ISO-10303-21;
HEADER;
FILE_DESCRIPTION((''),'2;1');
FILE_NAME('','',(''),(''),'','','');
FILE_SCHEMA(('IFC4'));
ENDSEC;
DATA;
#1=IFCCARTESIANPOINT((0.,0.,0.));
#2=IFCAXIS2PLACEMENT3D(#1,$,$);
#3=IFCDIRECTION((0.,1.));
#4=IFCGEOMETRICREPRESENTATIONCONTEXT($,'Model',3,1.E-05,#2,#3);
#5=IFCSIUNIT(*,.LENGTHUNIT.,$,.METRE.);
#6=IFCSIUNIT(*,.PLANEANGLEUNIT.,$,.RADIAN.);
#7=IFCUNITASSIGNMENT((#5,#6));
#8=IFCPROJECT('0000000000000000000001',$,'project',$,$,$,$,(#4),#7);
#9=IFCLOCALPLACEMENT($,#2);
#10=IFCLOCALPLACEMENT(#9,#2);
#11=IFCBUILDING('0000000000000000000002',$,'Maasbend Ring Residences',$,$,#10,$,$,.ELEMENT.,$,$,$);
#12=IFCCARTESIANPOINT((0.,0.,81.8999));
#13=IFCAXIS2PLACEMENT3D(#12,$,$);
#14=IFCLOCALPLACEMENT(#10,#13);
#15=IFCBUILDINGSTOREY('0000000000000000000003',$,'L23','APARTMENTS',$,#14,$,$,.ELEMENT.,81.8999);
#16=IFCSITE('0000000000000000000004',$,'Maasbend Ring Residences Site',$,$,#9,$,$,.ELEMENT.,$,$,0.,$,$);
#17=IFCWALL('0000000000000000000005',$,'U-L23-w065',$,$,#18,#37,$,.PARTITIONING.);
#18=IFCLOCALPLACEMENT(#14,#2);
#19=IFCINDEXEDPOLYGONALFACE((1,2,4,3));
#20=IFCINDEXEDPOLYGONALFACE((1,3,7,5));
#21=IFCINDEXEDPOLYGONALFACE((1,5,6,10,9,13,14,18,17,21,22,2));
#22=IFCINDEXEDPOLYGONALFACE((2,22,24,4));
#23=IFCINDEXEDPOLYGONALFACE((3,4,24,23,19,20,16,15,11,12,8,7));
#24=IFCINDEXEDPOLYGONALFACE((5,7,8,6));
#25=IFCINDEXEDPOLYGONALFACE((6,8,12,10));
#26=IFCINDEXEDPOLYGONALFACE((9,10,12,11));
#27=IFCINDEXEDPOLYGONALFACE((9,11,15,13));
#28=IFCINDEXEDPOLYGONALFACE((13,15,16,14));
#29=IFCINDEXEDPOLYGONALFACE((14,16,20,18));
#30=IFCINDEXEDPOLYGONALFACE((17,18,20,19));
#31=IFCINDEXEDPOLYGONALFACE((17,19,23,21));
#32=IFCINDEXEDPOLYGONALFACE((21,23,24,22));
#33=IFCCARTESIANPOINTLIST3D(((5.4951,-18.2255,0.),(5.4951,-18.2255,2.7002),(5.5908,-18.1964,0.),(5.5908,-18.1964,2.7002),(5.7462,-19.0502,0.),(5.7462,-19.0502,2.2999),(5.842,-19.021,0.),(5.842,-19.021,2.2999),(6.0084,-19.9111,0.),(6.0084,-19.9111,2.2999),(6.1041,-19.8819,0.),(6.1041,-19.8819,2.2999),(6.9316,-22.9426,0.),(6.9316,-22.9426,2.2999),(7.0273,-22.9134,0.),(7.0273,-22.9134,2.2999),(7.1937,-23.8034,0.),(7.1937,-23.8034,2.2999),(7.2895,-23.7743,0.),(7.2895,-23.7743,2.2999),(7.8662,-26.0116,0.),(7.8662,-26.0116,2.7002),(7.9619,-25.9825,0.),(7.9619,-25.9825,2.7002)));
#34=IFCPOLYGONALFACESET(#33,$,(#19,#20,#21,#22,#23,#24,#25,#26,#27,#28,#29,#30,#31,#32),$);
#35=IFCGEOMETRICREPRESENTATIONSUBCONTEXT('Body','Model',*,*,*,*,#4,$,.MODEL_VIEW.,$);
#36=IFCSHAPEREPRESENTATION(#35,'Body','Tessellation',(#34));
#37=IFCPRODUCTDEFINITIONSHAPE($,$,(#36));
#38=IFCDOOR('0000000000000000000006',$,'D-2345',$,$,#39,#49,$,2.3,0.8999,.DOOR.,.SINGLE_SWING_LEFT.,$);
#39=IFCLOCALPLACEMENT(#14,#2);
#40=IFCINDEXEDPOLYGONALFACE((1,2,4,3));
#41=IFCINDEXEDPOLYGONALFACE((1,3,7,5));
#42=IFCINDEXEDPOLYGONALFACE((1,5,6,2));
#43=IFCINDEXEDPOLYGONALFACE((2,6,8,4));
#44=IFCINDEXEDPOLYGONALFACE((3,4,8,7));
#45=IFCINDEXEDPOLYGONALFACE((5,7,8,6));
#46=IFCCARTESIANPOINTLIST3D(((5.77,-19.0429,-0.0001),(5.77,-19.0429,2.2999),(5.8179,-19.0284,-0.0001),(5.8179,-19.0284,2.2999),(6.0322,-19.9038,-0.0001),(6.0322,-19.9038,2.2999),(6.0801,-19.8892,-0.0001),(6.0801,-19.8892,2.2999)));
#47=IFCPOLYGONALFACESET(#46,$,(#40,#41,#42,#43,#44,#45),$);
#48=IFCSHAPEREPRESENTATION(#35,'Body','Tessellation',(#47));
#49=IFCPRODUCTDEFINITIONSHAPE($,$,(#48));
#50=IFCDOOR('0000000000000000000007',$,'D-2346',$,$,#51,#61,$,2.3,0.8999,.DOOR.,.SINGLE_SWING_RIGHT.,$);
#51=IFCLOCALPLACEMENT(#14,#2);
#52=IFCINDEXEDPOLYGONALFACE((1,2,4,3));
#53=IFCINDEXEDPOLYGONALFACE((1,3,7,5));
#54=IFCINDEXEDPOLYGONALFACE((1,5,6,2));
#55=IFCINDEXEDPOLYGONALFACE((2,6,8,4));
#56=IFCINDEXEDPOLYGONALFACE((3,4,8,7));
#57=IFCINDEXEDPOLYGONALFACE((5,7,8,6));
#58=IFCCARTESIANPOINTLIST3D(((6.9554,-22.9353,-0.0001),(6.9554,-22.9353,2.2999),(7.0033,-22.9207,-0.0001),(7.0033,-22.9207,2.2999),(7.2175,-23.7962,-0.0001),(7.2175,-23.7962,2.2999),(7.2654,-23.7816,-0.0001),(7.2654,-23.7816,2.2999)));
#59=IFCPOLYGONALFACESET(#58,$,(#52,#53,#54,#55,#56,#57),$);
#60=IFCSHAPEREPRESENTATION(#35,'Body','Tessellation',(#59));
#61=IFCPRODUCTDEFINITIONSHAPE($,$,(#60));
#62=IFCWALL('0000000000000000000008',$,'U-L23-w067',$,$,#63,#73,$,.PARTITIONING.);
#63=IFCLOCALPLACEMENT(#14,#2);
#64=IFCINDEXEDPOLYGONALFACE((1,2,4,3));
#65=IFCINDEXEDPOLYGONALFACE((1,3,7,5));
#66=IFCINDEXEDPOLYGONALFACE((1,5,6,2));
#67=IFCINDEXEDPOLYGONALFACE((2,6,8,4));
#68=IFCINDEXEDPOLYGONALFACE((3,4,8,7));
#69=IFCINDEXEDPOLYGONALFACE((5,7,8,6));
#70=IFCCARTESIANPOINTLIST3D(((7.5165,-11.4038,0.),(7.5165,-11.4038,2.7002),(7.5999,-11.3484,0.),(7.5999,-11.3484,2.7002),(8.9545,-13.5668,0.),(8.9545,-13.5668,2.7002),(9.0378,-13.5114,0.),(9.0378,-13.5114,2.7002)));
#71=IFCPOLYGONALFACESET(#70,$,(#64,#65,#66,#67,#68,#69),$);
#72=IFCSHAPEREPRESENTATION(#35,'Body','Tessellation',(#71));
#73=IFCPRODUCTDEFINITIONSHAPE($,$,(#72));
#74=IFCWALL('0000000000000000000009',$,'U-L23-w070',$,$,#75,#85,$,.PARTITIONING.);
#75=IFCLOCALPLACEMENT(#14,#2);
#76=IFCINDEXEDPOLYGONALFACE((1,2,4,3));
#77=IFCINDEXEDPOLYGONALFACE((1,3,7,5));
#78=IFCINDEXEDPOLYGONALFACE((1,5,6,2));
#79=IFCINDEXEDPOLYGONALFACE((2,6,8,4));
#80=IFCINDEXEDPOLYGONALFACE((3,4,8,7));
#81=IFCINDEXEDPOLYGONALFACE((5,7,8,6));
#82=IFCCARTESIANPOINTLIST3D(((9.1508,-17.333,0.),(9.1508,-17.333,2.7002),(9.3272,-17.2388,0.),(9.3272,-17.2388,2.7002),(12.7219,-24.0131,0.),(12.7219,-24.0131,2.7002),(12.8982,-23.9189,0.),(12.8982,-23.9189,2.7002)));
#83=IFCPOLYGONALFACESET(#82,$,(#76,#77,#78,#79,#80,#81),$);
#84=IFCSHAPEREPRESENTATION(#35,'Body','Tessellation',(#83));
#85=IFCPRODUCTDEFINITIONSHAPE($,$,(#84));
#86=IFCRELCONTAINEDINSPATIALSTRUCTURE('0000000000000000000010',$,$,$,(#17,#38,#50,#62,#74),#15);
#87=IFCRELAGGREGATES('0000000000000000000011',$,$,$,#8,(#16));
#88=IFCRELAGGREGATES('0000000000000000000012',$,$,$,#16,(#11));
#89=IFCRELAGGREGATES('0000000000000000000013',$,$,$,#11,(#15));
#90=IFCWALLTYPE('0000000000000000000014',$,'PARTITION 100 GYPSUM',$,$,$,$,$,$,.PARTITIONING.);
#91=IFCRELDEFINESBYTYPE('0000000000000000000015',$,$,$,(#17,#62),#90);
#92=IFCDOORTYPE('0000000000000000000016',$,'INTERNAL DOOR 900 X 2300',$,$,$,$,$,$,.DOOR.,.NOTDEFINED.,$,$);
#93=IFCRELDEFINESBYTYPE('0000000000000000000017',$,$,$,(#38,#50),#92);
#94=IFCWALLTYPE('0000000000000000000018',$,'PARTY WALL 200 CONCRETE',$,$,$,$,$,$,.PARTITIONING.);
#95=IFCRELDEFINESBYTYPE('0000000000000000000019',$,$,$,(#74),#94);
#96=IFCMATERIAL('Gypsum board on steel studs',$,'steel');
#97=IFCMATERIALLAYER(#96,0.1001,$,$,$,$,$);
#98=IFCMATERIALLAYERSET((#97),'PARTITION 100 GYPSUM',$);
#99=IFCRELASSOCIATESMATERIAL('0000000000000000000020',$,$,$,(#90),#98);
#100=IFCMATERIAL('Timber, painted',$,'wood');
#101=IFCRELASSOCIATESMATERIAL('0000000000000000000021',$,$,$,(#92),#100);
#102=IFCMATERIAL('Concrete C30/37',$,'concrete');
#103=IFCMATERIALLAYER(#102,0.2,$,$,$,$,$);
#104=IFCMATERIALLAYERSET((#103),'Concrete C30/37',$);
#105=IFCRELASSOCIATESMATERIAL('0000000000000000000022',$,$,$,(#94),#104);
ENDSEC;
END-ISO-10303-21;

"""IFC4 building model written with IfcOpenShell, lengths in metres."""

from ifc_helpers import new_model, si_unit, direction, frame, frame_2d, origin, place, context, subcontext, project, spatial, rectangle, extrude, material, layer, layer_set, type_object, element, fill, save


model = new_model("IFC4")

# Units and contexts
model_context = context("Model", 3, precision=1e-05, world=origin(), true_north=direction((0.0, 1.0)))
body_context = subcontext(model_context, "Body", "Model", "MODEL_VIEW")
ifc_project = project(units=[si_unit("LENGTHUNIT", "METRE"), si_unit("PLANEANGLEUNIT", "RADIAN")], contexts=[model_context])

# Site, building, storey
site_placement = place(None, origin())
site = spatial("IfcSite", under=ifc_project, at=site_placement, Name="Maasbend Ring Residences Site", CompositionType="ELEMENT", RefElevation=0.0)
building_placement = place(site_placement, origin())
building = spatial("IfcBuilding", under=site, at=building_placement, Name="Maasbend Ring Residences", CompositionType="ELEMENT")
storey_placement = place(building_placement, frame((0.0, 0.0, 81.8999)))
storey = spatial("IfcBuildingStorey", under=building, at=storey_placement, Name="L23", Description="APARTMENTS", CompositionType="ELEMENT", Elevation=81.8999)

# Shared definitions
ifc_material_1 = material(Name="Gypsum board on steel studs", Category="steel")
ifc_layer_1 = layer(ifc_material_1, 0.1001)
ifc_layer_set_1 = layer_set([ifc_layer_1], Name="PARTITION 100 GYPSUM")
wall_type_1 = type_object("IfcWallType", Name="PARTITION 100 GYPSUM", PredefinedType="PARTITIONING", material=ifc_layer_set_1)

# Shared definitions
ifc_material_2 = material(Name="Timber, painted", Category="wood")
door_type_1 = type_object("IfcDoorType", Name="INTERNAL DOOR 900 X 2300", OperationType="NOTDEFINED", PredefinedType="DOOR", material=ifc_material_2)

# Wall, openings, doors
wall_1_placement = place(storey_placement, frame((5.543, -18.2109, 0.0), z_axis=(0.0, 0.0, 1.0), x_axis=(0.291319, -0.956626, 0.0)))
wall_1 = element("IfcWall", 1, at=wall_1_placement, inside=storey, type_object=wall_type_1, Name="U-L23-w065", PredefinedType="PARTITIONING", context=body_context, shape_type="SweptSolid", body=[
    extrude(rectangle(XDim=8.1392, YDim=0.1001, at=frame_2d((4.0696, 0.0))), origin(), (0.0, 0.0, 1.0), 2.7002),
])
opening_1_placement = place(wall_1_placement, frame((0.8621, 0.0, 0.0)))
opening_1 = element("IfcOpeningElement", 2, at=opening_1_placement, cuts=wall_1, PredefinedType="OPENING", context=body_context, shape_type="SweptSolid", body=[
    extrude(rectangle(XDim=0.8999, YDim=2.3, at=frame_2d((0.45, 1.1499))), frame((0.0, 0.0601, 0.0), z_axis=(0.0, -1.0, 0.0), x_axis=(1.0, 0.0, 0.0)), (0.0, 0.0, 1.0), 0.1201),
])
opening_2_placement = place(wall_1_placement, frame((4.9309, 0.0, 0.0)))
opening_2 = element("IfcOpeningElement", 3, at=opening_2_placement, cuts=wall_1, PredefinedType="OPENING", context=body_context, shape_type="SweptSolid", body=[
    extrude(rectangle(XDim=0.8999, YDim=2.3, at=frame_2d((0.45, 1.1499))), frame((0.0, 0.0601, 0.0), z_axis=(0.0, -1.0, 0.0), x_axis=(1.0, 0.0, 0.0)), (0.0, 0.0, 1.0), 0.1201),
])
door_1_placement = place(opening_1_placement, origin())
door_1 = element("IfcDoor", 4, at=door_1_placement, inside=storey, type_object=door_type_1, Name="D-2345", OperationType="SINGLE_SWING_LEFT", OverallHeight=2.3, OverallWidth=0.8999, PredefinedType="DOOR", context=body_context, shape_type="SweptSolid", body=[
    extrude(rectangle(XDim=0.8999, YDim=2.3, at=frame_2d((0.45, 1.1499))), frame((0.0, 0.0249, 0.0), z_axis=(0.0, -1.0, 0.0), x_axis=(1.0, 0.0, 0.0)), (0.0, 0.0, 1.0), 0.05),
])
fill(opening_1, door_1)
door_2_placement = place(opening_2_placement, origin())
door_2 = element("IfcDoor", 5, at=door_2_placement, inside=storey, type_object=door_type_1, Name="D-2346", OperationType="SINGLE_SWING_RIGHT", OverallHeight=2.3, OverallWidth=0.8999, PredefinedType="DOOR", context=body_context, shape_type="SweptSolid", body=[
    extrude(rectangle(XDim=0.8999, YDim=2.3, at=frame_2d((0.45, 1.1499))), frame((0.0, 0.0249, 0.0), z_axis=(0.0, -1.0, 0.0), x_axis=(1.0, 0.0, 0.0)), (0.0, 0.0, 1.0), 0.05),
])
fill(opening_2, door_2)

# Walls
wall_2_placement = place(storey_placement, frame((7.5581, -11.376, 0.0), z_axis=(0.0, 0.0, 1.0), x_axis=(0.553615, -0.832773, 0.0)))
element("IfcWall", 6, at=wall_2_placement, inside=storey, type_object=wall_type_1, Name="U-L23-w067", PredefinedType="PARTITIONING", context=body_context, shape_type="SweptSolid", body=[
    extrude(rectangle(XDim=2.5974, YDim=0.1001, at=frame_2d((1.2988, 0.0))), origin(), (0.0, 0.0, 1.0), 2.7002),
])
ifc_material_3 = material(Name="Concrete C30/37", Category="concrete")
ifc_layer_2 = layer(ifc_material_3, 0.2)
ifc_layer_set_2 = layer_set([ifc_layer_2], Name="Concrete C30/37")
wall_type_2 = type_object("IfcWallType", Name="PARTY WALL 200 CONCRETE", PredefinedType="PARTITIONING", material=ifc_layer_set_2)
wall_3_placement = place(storey_placement, frame((9.239, -17.2859, 0.0), z_axis=(0.0, 0.0, 1.0), x_axis=(0.47144, -0.881898, 0.0)))
element("IfcWall", 7, at=wall_3_placement, inside=storey, type_object=wall_type_2, Name="U-L23-w070", PredefinedType="PARTITIONING", context=body_context, shape_type="SweptSolid", body=[
    extrude(rectangle(XDim=7.5747, YDim=0.2, at=frame_2d((3.7874, 0.0))), origin(), (0.0, 0.0, 1.0), 2.7002),
])

save(model, "model.ifc")
